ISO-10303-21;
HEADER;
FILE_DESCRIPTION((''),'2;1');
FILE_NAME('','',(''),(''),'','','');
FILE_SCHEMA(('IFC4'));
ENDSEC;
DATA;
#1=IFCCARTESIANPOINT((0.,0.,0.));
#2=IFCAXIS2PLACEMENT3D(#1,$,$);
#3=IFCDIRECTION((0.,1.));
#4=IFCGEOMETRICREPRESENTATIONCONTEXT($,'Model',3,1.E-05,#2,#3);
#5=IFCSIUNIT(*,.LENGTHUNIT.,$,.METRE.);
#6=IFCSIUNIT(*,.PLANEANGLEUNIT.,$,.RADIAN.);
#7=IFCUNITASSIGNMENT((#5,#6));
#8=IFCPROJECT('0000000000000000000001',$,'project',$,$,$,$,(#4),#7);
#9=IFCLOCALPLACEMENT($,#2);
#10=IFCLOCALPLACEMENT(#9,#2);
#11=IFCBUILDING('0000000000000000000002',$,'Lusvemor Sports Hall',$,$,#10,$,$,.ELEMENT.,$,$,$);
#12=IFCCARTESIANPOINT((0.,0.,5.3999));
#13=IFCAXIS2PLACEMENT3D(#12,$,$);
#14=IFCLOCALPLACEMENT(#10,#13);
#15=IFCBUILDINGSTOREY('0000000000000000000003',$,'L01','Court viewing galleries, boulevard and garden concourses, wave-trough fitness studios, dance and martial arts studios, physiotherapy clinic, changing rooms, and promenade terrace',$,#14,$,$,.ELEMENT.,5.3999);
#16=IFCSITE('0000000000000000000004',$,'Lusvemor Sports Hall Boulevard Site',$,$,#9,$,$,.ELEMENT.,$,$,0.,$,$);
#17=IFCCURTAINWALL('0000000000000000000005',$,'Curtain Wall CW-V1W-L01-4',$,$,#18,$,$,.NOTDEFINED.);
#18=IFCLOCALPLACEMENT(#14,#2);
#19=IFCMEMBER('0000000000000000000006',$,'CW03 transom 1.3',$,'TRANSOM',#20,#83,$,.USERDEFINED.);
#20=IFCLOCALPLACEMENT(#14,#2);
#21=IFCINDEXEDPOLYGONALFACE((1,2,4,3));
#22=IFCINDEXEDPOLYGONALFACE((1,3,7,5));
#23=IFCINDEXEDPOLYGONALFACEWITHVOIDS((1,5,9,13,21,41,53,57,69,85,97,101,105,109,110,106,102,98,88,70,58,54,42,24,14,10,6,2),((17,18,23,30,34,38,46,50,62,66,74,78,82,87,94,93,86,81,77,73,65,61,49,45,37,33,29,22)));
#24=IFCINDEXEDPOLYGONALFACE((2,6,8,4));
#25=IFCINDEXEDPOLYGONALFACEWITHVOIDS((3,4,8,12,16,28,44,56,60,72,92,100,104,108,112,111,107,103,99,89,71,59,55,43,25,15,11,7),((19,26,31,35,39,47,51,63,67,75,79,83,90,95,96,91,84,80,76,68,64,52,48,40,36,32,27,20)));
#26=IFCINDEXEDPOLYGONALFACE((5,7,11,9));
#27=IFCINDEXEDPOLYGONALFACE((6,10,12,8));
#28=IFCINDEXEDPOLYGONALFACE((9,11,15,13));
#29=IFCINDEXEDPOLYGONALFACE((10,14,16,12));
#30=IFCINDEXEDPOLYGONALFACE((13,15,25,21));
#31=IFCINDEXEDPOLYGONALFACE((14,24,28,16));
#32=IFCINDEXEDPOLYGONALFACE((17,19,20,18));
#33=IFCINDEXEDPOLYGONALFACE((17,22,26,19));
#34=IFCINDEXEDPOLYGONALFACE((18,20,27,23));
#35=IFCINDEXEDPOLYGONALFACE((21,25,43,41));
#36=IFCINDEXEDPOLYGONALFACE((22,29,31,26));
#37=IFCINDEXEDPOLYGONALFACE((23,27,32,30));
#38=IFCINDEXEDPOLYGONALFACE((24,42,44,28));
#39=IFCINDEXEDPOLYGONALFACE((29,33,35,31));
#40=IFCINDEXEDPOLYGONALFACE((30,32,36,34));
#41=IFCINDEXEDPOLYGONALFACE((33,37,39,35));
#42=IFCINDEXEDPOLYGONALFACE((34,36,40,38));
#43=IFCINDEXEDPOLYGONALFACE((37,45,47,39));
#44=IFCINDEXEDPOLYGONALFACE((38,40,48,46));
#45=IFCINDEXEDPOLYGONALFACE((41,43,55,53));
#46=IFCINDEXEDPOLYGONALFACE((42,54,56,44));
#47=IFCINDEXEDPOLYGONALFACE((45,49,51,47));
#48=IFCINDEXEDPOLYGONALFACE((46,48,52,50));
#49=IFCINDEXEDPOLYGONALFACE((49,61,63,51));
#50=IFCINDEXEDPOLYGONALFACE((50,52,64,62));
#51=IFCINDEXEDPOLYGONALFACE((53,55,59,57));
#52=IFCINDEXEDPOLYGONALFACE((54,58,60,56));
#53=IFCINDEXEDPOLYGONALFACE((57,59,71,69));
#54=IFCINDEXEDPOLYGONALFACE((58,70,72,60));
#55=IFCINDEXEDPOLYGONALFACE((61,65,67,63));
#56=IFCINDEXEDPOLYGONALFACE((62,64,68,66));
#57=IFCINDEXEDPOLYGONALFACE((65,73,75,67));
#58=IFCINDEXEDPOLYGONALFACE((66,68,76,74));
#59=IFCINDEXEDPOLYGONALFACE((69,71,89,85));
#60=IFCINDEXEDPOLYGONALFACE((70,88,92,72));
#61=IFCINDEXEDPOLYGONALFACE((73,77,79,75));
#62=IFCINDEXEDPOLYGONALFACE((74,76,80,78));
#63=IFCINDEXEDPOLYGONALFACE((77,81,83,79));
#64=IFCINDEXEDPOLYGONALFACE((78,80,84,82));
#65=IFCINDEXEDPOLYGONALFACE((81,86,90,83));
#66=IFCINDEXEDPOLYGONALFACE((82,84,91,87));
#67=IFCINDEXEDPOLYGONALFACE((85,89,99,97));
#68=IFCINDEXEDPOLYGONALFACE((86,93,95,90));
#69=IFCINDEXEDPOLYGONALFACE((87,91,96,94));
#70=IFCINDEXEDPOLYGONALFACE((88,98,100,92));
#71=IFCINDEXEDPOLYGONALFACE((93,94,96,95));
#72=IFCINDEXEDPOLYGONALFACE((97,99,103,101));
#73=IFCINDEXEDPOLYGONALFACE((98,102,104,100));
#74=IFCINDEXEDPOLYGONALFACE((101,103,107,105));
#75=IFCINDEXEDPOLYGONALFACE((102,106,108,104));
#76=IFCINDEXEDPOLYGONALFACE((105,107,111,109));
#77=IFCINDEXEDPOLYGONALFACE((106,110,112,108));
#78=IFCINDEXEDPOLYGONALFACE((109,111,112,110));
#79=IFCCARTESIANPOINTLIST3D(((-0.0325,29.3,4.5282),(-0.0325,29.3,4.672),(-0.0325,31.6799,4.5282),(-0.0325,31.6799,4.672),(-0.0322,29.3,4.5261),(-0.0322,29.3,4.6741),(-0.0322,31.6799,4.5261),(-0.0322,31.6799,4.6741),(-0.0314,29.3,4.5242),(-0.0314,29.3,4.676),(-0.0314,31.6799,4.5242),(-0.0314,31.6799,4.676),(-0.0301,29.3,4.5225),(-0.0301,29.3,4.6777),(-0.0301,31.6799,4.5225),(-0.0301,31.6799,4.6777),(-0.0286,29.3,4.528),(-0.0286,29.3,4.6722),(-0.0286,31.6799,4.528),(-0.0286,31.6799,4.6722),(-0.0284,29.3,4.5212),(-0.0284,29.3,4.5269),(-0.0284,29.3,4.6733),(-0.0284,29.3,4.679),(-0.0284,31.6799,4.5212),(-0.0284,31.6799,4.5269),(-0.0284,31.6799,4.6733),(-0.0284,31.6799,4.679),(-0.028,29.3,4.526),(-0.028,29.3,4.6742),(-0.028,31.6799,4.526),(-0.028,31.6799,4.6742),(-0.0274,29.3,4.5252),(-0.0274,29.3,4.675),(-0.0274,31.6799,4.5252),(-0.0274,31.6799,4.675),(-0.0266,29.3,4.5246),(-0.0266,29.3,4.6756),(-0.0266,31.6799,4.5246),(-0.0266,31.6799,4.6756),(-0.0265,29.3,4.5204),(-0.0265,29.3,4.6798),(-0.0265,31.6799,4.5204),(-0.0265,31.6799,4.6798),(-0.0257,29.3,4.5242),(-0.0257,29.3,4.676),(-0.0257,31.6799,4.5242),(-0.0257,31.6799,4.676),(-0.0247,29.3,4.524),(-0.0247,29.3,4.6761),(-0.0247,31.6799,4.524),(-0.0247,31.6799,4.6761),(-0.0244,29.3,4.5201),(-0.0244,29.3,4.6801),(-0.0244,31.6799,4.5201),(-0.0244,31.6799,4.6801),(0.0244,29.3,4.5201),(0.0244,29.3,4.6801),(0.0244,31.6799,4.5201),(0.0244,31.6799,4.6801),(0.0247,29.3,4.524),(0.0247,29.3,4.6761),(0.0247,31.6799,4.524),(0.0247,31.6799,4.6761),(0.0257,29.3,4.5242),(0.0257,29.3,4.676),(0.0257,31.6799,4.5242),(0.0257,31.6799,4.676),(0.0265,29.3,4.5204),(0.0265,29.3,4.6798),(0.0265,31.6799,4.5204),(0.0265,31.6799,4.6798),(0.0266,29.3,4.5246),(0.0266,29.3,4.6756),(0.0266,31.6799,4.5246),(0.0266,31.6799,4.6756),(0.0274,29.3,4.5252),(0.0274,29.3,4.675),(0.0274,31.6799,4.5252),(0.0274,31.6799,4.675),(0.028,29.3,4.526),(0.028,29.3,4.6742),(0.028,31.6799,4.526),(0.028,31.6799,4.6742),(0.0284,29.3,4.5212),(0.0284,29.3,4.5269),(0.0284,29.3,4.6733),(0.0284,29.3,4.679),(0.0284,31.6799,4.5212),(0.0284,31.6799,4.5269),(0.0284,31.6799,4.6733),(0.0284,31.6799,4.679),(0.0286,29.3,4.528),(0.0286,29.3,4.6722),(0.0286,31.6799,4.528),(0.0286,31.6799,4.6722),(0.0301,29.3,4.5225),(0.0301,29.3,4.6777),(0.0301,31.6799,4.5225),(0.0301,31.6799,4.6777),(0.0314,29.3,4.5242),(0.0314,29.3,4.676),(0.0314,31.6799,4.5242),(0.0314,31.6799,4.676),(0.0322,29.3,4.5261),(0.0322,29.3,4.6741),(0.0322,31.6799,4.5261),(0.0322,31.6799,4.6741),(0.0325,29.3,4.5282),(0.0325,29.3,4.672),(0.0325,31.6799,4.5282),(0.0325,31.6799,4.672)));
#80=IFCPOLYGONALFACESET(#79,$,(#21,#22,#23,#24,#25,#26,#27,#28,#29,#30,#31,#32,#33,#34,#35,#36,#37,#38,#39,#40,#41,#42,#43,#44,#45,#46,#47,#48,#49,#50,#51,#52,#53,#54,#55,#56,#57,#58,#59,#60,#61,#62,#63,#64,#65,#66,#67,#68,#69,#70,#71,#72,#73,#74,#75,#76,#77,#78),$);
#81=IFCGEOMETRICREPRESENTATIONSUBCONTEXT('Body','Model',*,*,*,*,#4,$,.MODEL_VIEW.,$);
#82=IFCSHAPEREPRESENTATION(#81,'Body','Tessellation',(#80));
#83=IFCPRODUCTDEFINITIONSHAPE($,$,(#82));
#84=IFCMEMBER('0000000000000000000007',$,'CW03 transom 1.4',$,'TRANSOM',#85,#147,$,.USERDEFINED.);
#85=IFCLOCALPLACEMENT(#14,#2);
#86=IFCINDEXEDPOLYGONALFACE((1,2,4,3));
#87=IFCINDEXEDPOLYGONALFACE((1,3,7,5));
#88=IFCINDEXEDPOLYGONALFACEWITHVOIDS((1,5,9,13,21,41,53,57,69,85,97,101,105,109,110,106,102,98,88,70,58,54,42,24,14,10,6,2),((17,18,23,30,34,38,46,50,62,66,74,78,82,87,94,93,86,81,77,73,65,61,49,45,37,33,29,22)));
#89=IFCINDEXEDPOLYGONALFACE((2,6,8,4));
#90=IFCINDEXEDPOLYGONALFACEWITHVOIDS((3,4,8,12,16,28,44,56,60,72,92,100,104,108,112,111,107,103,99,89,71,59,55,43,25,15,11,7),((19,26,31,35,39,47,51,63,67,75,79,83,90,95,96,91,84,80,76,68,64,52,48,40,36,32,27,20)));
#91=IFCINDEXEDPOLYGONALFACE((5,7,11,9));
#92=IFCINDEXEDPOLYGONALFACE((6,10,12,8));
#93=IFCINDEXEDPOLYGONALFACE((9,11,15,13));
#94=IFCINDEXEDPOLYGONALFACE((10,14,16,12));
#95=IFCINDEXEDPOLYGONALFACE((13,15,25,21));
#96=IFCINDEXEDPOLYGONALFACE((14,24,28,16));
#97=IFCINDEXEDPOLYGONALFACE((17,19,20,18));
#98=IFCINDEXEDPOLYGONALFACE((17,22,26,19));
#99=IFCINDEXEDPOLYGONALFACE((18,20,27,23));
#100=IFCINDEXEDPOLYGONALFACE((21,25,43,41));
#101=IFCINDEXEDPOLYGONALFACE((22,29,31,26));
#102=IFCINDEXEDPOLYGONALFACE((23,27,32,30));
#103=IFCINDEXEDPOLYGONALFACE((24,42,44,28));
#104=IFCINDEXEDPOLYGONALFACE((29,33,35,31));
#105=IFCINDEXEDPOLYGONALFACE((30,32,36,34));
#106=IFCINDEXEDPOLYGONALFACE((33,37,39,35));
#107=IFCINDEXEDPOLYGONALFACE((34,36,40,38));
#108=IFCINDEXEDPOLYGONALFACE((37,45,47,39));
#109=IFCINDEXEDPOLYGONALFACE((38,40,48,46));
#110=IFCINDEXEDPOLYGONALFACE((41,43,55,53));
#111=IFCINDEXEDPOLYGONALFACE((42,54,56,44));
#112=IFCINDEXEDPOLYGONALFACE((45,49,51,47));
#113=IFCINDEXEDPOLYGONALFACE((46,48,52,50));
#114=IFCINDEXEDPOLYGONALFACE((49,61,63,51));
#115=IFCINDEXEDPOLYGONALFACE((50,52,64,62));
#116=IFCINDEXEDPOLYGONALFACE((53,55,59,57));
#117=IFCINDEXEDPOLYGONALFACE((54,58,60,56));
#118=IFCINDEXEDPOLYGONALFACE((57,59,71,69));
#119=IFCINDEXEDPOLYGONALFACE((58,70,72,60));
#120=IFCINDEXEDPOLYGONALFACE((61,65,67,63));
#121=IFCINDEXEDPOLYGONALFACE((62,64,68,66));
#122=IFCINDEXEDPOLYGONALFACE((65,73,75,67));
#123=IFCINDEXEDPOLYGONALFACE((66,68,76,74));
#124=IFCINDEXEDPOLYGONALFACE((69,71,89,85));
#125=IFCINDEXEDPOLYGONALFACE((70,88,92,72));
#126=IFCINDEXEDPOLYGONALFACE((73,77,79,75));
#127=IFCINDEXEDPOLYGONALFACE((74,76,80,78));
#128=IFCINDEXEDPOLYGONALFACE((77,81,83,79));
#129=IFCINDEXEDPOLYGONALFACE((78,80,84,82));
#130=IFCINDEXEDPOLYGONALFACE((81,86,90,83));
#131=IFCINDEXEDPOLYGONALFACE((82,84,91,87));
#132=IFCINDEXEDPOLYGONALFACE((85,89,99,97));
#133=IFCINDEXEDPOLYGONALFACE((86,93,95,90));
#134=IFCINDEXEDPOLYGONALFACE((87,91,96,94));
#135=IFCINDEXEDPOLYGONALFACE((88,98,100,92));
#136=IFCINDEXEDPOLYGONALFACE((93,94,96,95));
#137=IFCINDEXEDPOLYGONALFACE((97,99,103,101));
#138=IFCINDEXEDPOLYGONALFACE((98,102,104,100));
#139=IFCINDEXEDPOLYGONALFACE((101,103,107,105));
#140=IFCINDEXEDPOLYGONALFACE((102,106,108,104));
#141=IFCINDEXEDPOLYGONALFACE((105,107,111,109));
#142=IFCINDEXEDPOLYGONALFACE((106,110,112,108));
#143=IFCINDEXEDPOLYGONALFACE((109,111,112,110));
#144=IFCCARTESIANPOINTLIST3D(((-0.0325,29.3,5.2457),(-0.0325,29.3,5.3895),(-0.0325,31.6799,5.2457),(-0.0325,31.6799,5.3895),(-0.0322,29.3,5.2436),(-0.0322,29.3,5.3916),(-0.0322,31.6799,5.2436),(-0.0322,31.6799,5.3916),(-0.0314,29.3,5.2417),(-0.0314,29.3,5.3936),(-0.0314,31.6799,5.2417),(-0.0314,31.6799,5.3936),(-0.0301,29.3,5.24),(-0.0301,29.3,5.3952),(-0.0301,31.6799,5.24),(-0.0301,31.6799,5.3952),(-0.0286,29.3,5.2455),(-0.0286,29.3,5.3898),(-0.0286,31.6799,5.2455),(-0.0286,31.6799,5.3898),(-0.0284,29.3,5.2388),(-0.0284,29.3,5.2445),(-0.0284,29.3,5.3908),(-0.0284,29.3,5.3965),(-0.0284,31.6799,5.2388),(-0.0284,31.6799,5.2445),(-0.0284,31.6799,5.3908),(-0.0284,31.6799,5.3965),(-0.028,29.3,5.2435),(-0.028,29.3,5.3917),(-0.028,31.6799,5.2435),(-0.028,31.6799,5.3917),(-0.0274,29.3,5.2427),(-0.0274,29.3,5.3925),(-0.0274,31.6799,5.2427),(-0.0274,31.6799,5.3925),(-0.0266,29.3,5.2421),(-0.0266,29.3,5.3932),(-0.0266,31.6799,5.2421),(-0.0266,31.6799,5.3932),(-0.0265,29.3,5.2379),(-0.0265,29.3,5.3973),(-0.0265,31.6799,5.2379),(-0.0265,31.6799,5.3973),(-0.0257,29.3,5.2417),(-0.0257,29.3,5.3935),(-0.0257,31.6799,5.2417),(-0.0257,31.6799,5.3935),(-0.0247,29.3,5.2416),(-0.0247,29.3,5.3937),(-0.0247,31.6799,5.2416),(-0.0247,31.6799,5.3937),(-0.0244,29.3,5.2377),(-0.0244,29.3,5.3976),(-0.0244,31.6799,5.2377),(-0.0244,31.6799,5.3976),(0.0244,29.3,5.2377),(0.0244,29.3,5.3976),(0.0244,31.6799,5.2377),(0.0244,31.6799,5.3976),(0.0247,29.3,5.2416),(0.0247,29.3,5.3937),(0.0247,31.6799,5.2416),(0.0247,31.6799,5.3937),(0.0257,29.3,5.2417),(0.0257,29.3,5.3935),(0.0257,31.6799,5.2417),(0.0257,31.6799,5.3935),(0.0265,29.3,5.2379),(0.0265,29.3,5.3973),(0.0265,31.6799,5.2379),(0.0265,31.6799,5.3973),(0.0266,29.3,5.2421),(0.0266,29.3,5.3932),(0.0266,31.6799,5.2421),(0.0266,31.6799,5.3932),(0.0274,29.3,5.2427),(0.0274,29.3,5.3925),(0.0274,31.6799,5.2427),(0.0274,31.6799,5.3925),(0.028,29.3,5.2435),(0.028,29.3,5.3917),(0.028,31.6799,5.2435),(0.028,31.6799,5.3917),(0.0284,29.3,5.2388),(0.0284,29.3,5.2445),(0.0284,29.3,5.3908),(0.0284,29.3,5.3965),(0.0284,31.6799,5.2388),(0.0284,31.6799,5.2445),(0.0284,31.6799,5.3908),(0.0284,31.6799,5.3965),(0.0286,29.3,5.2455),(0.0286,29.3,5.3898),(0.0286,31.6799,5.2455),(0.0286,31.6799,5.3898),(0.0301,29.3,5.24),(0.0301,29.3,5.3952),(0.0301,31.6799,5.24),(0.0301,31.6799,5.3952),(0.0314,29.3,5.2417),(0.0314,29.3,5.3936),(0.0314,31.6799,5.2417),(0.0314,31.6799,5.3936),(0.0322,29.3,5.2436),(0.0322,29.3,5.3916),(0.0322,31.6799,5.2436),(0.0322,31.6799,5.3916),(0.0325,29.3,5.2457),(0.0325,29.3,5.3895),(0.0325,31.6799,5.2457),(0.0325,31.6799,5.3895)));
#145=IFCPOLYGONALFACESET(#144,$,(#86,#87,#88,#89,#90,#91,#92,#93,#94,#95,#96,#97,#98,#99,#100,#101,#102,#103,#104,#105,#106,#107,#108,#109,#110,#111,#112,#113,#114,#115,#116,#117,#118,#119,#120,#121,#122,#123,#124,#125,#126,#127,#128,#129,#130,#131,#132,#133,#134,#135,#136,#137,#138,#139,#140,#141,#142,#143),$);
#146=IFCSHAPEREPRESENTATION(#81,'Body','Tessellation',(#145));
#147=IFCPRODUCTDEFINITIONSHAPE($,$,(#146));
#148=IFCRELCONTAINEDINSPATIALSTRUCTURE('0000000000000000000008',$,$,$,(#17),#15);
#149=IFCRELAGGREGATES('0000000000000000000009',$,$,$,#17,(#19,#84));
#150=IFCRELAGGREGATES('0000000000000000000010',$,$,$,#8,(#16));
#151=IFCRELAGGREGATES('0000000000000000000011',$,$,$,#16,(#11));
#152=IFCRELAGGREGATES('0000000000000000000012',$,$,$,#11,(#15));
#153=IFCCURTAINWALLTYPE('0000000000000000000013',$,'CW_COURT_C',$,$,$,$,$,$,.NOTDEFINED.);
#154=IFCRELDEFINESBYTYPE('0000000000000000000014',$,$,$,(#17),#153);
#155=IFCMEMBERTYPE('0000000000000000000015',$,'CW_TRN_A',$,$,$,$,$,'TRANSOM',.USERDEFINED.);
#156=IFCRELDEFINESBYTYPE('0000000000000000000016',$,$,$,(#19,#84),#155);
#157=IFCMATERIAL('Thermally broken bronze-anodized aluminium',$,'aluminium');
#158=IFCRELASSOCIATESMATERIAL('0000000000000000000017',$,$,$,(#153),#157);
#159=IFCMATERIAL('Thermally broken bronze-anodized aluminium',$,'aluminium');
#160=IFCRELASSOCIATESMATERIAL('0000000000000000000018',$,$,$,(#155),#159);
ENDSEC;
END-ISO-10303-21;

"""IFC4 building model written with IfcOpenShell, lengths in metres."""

from ifc_helpers import new_model, si_unit, direction, frame, origin, origin_2d, place, context, subcontext, project, spatial, hollow_rectangle, extrude, material, material_profile, profile_set, type_object, element, aggregate, save


model = new_model("IFC4")

# Units and contexts
model_context = context("Model", 3, precision=1e-05, world=origin(), true_north=direction((0.0, 1.0)))
body_context = subcontext(model_context, "Body", "Model", "MODEL_VIEW")
ifc_project = project(units=[si_unit("LENGTHUNIT", "METRE"), si_unit("PLANEANGLEUNIT", "RADIAN")], contexts=[model_context])

# Site, building, storey
site_placement = place(None, origin())
site = spatial("IfcSite", under=ifc_project, at=site_placement, Name="Lusvemor Sports Hall Boulevard Site", CompositionType="ELEMENT", RefElevation=0.0)
building_placement = place(site_placement, origin())
building = spatial("IfcBuilding", under=site, at=building_placement, Name="Lusvemor Sports Hall", CompositionType="ELEMENT")
storey_placement = place(building_placement, frame((0.0, 0.0, 5.3999)))
storey = spatial("IfcBuildingStorey", under=building, at=storey_placement, Name="L01", Description="Court viewing galleries, boulevard and garden concourses, wave-trough fitness studios, dance and martial arts studios, physiotherapy clinic, changing rooms, and promenade terrace", CompositionType="ELEMENT", Elevation=5.3999)

# Curtain wall
ifc_material_1 = material(Name="Thermally broken bronze-anodized aluminium", Category="aluminium")
curtain_wall_type = type_object("IfcCurtainWallType", Name="CW_COURT_C", PredefinedType="NOTDEFINED", material=ifc_material_1)
curtain_wall_1_placement = place(storey_placement, origin())
curtain_wall_1 = element("IfcCurtainWall", 1, at=curtain_wall_1_placement, inside=storey, type_object=curtain_wall_type, Name="Curtain Wall CW-V1W-L01-4", PredefinedType="NOTDEFINED")

# Members
ifc_material_2 = material(Name="Thermally broken bronze-anodized aluminium", Category="aluminium")
ifc_material_profile_1 = material_profile(ifc_material_2, hollow_rectangle(XDim=0.0649, YDim=0.1599, WallThickness=0.0039, InnerFilletRadius=0.0039, OuterFilletRadius=0.0081, at=origin_2d()), Name="CWTRN160x65x4")
ifc_profile_set_1 = profile_set([ifc_material_profile_1], Name="Thermally broken bronze-anodized aluminium")
member_type_1 = type_object("IfcMemberType", Name="CW_TRN_A", ElementType="TRANSOM", PredefinedType="USERDEFINED", material=ifc_profile_set_1)
member_1_placement = place(storey_placement, frame((0.0, 29.3, 4.6001), z_axis=(0.0, 1.0, 0.0), x_axis=(-1.0, 0.0, 0.0)))
member_1 = element("IfcMember", 2, at=member_1_placement, type_object=member_type_1, Name="CW03 transom 1.3", ObjectType="TRANSOM", PredefinedType="USERDEFINED", context=body_context, shape_type="SweptSolid", body=[
    extrude(hollow_rectangle(XDim=0.0649, YDim=0.1599, WallThickness=0.0039, InnerFilletRadius=0.0039, OuterFilletRadius=0.0081, at=origin_2d()), origin(), (0.0, 0.0, 1.0), 2.3799),
])
member_2_placement = place(storey_placement, frame((0.0, 29.3, 5.3176), z_axis=(0.0, 1.0, 0.0), x_axis=(-1.0, 0.0, 0.0)))
member_2 = element("IfcMember", 3, at=member_2_placement, type_object=member_type_1, Name="CW03 transom 1.4", ObjectType="TRANSOM", PredefinedType="USERDEFINED", context=body_context, shape_type="SweptSolid", body=[
    extrude(hollow_rectangle(XDim=0.0649, YDim=0.1599, WallThickness=0.0039, InnerFilletRadius=0.0039, OuterFilletRadius=0.0081, at=origin_2d()), origin(), (0.0, 0.0, 1.0), 2.3799),
])

aggregate(curtain_wall_1, [member_1, member_2])

save(model, "model.ifc")
